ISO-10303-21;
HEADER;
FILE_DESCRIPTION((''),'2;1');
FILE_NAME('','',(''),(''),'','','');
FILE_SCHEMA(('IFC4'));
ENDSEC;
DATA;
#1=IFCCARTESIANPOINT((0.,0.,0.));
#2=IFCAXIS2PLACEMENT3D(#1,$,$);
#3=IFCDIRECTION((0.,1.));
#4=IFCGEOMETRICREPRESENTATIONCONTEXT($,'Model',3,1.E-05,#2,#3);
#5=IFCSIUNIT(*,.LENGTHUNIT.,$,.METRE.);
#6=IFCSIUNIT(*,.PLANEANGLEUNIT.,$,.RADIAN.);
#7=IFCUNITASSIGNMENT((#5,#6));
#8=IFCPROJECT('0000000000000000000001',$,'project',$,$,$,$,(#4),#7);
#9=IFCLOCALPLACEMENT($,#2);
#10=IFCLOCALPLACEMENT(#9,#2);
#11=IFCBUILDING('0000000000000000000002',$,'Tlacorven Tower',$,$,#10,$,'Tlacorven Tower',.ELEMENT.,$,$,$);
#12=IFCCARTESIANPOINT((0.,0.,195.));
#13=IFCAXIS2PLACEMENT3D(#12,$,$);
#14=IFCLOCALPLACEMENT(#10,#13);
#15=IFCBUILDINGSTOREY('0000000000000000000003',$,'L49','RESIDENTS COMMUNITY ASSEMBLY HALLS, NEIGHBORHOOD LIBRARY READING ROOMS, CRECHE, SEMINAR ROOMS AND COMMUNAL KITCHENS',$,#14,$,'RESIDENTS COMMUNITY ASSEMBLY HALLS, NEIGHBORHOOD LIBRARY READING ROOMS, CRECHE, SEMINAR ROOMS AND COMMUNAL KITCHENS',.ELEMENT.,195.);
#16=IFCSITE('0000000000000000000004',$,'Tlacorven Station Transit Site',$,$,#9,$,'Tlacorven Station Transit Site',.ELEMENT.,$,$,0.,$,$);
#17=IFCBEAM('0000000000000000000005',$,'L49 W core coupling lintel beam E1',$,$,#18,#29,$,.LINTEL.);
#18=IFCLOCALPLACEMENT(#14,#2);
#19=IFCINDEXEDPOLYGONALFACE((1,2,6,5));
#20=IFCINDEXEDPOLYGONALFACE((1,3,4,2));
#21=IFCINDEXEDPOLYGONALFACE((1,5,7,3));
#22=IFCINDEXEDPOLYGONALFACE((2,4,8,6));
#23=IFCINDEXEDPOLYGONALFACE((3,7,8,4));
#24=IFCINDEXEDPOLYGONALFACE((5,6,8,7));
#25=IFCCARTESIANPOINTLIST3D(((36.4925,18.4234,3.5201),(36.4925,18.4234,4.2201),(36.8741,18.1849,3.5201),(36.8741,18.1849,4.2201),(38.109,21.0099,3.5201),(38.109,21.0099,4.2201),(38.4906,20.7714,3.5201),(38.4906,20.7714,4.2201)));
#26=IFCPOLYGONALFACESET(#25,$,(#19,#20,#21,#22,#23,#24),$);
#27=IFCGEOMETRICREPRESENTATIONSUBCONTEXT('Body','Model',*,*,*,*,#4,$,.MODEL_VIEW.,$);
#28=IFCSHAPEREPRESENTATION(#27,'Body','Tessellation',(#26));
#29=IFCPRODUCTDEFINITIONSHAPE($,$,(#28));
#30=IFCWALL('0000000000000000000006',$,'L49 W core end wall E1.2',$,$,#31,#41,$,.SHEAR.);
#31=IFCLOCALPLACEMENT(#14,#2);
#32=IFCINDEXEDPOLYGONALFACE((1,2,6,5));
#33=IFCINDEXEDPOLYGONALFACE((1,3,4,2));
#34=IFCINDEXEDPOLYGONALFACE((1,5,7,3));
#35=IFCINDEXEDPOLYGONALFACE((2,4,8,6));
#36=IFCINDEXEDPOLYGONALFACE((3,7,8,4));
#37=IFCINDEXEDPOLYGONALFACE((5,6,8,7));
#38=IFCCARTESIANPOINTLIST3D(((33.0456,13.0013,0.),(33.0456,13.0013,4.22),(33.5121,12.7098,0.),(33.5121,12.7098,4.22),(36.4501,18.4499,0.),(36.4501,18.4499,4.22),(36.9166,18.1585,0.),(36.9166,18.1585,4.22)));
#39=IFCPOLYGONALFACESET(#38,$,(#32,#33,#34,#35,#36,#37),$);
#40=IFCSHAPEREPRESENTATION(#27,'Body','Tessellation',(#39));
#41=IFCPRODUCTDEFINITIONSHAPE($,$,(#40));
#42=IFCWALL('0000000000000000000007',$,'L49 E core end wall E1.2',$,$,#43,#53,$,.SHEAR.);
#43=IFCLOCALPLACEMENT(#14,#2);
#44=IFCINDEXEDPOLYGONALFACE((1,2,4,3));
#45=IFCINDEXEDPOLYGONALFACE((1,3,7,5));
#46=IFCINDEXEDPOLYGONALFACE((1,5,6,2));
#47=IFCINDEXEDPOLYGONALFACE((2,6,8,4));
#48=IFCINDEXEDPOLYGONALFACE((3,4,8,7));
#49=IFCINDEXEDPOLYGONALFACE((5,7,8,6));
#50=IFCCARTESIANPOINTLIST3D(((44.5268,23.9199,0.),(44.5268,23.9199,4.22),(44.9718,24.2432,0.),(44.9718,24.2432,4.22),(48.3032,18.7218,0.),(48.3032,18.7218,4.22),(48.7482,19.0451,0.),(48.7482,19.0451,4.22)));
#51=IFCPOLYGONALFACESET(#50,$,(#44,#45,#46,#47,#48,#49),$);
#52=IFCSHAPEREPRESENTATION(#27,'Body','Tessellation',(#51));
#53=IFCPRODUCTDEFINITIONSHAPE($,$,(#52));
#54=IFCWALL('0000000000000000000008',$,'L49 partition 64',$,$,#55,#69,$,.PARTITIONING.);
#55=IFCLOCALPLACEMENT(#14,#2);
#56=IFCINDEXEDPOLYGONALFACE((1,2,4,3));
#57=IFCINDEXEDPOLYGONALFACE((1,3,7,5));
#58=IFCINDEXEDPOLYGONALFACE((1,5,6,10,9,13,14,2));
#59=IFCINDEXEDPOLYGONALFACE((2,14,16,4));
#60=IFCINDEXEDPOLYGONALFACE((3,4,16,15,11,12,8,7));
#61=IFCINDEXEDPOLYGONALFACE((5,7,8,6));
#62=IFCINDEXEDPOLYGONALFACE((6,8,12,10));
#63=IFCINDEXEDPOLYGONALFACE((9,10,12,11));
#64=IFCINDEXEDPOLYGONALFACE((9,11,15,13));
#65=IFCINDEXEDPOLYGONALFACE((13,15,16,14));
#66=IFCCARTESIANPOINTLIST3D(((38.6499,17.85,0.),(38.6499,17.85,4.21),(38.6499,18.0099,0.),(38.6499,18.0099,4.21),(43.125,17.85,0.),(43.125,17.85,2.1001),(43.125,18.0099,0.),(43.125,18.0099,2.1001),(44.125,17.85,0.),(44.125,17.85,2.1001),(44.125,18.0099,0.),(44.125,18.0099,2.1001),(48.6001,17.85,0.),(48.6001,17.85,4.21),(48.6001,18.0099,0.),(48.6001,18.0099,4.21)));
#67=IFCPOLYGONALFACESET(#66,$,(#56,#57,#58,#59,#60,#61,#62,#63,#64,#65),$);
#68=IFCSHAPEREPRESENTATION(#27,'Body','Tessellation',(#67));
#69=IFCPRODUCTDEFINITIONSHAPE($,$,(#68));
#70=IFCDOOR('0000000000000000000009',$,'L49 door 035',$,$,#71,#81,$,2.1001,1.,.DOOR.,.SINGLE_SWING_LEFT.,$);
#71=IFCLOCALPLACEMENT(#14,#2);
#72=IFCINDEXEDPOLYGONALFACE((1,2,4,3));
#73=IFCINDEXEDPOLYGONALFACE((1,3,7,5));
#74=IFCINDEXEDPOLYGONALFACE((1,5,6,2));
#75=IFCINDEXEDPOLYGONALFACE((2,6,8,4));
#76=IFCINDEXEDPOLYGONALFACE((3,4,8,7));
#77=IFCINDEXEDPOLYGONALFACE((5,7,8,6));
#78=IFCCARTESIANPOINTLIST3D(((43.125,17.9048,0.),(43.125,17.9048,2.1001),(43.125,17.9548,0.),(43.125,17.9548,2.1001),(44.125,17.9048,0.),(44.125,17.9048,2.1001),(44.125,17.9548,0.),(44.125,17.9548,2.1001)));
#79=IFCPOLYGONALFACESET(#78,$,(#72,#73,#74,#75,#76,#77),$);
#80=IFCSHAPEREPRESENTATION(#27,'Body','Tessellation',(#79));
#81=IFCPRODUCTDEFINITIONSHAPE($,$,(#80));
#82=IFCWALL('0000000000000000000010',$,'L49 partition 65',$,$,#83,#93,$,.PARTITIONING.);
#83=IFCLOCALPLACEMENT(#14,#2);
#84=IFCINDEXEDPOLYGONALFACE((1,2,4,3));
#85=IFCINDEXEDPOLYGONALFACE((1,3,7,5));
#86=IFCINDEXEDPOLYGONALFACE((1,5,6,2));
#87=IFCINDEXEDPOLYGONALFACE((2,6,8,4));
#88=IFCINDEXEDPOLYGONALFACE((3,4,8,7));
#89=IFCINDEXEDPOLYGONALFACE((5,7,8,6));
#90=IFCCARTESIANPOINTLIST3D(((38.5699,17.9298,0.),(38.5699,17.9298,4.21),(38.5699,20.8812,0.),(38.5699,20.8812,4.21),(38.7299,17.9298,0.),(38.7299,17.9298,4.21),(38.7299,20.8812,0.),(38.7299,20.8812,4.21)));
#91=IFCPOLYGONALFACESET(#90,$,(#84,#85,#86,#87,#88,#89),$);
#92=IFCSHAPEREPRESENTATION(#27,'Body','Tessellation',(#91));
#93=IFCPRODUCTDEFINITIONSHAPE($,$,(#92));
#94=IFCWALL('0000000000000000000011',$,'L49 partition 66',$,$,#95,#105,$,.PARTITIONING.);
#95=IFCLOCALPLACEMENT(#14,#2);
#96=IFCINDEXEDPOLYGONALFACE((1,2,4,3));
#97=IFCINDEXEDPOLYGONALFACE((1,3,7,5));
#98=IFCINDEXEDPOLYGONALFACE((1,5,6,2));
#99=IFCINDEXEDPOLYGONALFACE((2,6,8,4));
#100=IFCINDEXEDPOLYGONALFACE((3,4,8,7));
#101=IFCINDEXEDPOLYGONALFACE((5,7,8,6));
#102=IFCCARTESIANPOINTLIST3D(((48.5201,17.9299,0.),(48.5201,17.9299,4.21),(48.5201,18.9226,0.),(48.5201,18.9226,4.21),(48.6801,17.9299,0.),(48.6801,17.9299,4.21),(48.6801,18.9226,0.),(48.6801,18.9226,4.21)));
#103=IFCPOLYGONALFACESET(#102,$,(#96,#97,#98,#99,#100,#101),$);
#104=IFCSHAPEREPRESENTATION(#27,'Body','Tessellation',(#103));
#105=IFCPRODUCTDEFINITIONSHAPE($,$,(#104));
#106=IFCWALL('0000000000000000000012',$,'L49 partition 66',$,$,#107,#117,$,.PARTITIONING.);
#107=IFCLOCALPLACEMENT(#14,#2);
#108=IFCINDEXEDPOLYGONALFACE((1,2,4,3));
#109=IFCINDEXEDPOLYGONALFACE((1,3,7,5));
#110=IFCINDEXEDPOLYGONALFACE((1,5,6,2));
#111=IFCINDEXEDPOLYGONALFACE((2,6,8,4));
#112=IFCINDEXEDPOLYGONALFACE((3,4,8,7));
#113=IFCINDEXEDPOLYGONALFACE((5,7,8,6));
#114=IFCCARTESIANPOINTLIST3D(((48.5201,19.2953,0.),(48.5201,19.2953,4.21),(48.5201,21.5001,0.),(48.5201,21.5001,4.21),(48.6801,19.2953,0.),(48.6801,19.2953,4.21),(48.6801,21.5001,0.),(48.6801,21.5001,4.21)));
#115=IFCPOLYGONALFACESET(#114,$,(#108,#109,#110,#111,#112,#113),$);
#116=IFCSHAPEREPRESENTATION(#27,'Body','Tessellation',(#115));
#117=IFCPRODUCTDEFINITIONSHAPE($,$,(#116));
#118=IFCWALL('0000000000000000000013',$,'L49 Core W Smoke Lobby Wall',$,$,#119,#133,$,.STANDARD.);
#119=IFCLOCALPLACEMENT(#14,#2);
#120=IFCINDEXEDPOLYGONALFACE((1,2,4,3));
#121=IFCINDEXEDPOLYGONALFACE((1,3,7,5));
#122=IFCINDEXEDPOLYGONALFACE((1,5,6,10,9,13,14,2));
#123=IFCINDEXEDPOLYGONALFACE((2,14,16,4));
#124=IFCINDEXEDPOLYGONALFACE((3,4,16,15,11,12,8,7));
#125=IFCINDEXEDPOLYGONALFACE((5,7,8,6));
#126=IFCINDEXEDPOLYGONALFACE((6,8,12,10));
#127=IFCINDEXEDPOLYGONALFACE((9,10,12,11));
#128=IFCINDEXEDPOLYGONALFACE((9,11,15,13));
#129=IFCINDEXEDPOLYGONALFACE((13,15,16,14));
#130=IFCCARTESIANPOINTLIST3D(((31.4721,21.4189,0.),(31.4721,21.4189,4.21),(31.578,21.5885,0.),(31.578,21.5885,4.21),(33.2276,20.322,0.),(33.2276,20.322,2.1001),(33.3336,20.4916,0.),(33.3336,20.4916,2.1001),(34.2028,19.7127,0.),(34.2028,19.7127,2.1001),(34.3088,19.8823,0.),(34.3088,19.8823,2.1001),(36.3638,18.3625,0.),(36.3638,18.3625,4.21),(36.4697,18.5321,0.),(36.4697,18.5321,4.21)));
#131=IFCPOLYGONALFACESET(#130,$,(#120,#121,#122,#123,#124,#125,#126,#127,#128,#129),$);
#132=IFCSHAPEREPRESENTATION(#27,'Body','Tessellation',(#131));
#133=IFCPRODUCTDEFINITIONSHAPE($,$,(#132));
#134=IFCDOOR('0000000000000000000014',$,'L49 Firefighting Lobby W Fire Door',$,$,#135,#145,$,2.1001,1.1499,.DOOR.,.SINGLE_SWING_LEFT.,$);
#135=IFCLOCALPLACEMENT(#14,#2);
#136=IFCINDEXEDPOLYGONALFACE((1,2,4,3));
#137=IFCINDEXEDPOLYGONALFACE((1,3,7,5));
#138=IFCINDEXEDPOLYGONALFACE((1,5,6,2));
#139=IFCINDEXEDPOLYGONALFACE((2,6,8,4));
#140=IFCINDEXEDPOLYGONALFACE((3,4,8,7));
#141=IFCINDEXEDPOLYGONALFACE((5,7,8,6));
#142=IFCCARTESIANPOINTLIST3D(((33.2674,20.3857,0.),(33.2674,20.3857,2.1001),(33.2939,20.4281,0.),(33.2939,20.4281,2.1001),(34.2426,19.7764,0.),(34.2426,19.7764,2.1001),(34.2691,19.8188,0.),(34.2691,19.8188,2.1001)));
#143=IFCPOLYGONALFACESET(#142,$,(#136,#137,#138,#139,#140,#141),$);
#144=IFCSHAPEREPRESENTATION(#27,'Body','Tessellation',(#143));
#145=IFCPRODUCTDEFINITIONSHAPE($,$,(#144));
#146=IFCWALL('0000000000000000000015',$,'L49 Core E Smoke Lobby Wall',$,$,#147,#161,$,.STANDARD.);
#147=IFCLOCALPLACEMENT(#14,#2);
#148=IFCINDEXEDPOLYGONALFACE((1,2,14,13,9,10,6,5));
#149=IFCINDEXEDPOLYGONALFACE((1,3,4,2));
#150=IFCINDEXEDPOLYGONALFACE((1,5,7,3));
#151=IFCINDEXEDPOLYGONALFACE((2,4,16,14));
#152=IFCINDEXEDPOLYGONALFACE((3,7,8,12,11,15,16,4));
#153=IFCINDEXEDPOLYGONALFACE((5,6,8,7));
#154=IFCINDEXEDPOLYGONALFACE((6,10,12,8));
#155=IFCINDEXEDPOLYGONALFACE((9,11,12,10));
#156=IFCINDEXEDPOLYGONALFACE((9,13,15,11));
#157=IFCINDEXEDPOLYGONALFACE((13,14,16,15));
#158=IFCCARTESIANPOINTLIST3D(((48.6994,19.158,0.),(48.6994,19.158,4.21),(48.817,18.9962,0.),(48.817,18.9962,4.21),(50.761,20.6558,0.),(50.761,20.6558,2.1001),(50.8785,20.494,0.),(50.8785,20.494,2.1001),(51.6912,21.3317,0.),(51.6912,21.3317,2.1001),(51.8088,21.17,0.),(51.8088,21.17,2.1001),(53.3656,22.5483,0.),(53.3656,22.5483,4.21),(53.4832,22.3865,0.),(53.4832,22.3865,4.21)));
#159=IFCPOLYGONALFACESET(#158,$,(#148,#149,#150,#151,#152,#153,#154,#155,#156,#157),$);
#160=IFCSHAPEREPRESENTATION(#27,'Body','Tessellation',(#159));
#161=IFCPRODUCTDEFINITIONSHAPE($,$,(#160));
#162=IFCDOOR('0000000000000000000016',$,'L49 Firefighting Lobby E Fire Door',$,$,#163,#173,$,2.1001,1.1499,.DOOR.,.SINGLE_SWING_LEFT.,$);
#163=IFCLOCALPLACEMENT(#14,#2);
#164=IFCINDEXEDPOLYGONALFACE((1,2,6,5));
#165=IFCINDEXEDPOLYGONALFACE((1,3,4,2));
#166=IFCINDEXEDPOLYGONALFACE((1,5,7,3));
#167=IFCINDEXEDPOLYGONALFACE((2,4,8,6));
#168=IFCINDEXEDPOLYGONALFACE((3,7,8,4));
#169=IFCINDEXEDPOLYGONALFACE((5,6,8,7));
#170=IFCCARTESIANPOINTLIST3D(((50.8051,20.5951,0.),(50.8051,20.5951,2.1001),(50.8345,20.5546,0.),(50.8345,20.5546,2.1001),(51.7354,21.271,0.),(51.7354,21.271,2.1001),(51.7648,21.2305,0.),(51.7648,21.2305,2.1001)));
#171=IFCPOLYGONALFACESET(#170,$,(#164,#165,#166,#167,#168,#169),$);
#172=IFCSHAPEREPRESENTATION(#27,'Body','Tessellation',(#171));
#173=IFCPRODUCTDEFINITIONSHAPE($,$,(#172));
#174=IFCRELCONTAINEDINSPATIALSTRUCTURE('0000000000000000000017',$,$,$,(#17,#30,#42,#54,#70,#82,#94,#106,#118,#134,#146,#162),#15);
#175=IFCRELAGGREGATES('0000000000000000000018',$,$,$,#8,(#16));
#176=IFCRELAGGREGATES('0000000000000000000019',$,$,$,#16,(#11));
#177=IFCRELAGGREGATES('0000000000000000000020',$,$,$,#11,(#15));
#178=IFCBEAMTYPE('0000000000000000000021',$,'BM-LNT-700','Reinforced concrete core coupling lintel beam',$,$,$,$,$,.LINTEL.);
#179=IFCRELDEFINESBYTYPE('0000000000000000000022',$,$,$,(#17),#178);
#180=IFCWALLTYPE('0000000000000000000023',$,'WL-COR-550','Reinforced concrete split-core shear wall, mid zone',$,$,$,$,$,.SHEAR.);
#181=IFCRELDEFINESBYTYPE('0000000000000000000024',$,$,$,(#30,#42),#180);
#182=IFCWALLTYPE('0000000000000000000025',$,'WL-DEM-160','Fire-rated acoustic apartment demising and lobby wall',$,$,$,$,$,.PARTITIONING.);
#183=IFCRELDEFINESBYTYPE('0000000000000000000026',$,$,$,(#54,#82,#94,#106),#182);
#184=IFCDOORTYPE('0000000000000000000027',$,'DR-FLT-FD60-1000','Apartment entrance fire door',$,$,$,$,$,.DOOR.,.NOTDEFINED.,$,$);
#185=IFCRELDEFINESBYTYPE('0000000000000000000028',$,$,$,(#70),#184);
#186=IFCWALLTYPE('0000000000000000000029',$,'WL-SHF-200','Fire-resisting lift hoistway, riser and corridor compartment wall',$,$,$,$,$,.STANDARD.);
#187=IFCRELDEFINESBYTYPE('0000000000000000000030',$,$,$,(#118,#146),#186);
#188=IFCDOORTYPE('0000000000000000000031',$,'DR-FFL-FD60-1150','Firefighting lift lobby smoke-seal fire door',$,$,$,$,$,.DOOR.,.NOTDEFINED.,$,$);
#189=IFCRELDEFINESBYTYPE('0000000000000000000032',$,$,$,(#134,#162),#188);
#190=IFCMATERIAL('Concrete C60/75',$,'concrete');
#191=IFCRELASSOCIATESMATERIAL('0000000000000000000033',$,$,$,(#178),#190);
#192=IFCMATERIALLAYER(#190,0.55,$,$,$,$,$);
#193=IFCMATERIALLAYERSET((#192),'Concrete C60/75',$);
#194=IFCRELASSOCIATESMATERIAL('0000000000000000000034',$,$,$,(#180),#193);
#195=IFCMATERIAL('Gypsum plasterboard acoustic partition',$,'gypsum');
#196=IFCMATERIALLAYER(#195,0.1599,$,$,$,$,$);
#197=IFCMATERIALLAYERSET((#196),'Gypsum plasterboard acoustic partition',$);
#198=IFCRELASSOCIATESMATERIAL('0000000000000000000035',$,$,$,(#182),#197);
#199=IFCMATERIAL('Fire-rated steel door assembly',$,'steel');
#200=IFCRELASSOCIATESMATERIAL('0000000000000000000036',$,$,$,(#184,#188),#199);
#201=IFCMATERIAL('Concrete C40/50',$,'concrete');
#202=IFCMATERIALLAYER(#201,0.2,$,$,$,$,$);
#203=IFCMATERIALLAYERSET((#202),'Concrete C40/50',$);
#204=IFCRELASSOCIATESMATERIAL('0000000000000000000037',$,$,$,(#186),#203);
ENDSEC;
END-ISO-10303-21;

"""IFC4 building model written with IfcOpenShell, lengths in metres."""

from ifc_helpers import new_model, si_unit, direction, frame, frame_2d, origin, origin_2d, place, context, subcontext, project, spatial, rectangle, extrude, source, transform, mapped, material, layer, layer_set, material_profile, profile_set, type_object, element, fill, save


model = new_model("IFC4")

# Units and contexts
model_context = context("Model", 3, precision=1e-05, world=origin(), true_north=direction((0.0, 1.0)))
body_context = subcontext(model_context, "Body", "Model", "MODEL_VIEW")
ifc_project = project(units=[si_unit("LENGTHUNIT", "METRE"), si_unit("PLANEANGLEUNIT", "RADIAN")], contexts=[model_context])

# Site, building, storey
site_placement = place(None, origin())
site = spatial("IfcSite", under=ifc_project, at=site_placement, Name="Tlacorven Station Transit Site", LongName="Tlacorven Station Transit Site", CompositionType="ELEMENT", RefElevation=0.0)
building_placement = place(site_placement, origin())
building = spatial("IfcBuilding", under=site, at=building_placement, Name="Tlacorven Tower", LongName="Tlacorven Tower", CompositionType="ELEMENT")
storey_placement = place(building_placement, frame((0.0, 0.0, 195.0)))
storey = spatial("IfcBuildingStorey", under=building, at=storey_placement, Name="L49", Description="RESIDENTS COMMUNITY ASSEMBLY HALLS, NEIGHBORHOOD LIBRARY READING ROOMS, CRECHE, SEMINAR ROOMS AND COMMUNAL KITCHENS", LongName="RESIDENTS COMMUNITY ASSEMBLY HALLS, NEIGHBORHOOD LIBRARY READING ROOMS, CRECHE, SEMINAR ROOMS AND COMMUNAL KITCHENS", CompositionType="ELEMENT", Elevation=195.0)

# Beam
ifc_material_1 = material(Name="Concrete C60/75", Category="concrete")
ifc_material_profile = material_profile(ifc_material_1, rectangle(XDim=0.45, YDim=0.7, at=origin_2d()), Name="RC 450X700")
ifc_profile_set = profile_set([ifc_material_profile], Name="Concrete C60/75")
beam_type = type_object("IfcBeamType", Name="BM-LNT-700", Description="Reinforced concrete core coupling lintel beam", PredefinedType="LINTEL", material=ifc_profile_set)
shared_shape_1 = source(origin(), body_context, "Body", "SweptSolid", [
    extrude(rectangle(XDim=0.45, YDim=0.7, at=origin_2d()), origin(), (0.0, 0.0, 1.0), 3.05),
])
beam_placement = place(storey_placement, frame((38.2998, 20.8906, 3.8701), z_axis=(-0.529985, -0.848007, 0.0), x_axis=(0.848007, -0.529985, 0.0)))
element("IfcBeam", 1, at=beam_placement, inside=storey, type_object=beam_type, Name="L49 W core coupling lintel beam E1", PredefinedType="LINTEL", context=body_context, shape_type="MappedRepresentation", body=[
    mapped(shared_shape_1, transform((0.0, 0.0, 0.0), scale=1.0)),
])

# Walls
ifc_layer_1 = layer(ifc_material_1, 0.55)
ifc_layer_set_1 = layer_set([ifc_layer_1], Name="Concrete C60/75")
wall_type_1 = type_object("IfcWallType", Name="WL-COR-550", Description="Reinforced concrete split-core shear wall, mid zone", PredefinedType="SHEAR", material=ifc_layer_set_1)
wall_1_placement = place(storey_placement, frame((36.6833, 18.3042, 0.0), z_axis=(0.0, 0.0, 1.0), x_axis=(-0.529896, -0.848062, 0.0)))
element("IfcWall", 2, at=wall_1_placement, inside=storey, type_object=wall_type_1, Name="L49 W core end wall E1.2", PredefinedType="SHEAR", context=body_context, shape_type="SweptSolid", body=[
    extrude(rectangle(XDim=6.4248, YDim=0.55, at=frame_2d((3.2124, 0.0))), origin(), (0.0, 0.0, 1.0), 4.22),
])
wall_2_placement = place(storey_placement, frame((48.5256, 18.8835, 0.0), z_axis=(0.0, 0.0, 1.0), x_axis=(-0.587765, 0.809032, 0.0)))
element("IfcWall", 3, at=wall_2_placement, inside=storey, type_object=wall_type_1, Name="L49 E core end wall E1.2", PredefinedType="SHEAR", context=body_context, shape_type="SweptSolid", body=[
    extrude(rectangle(XDim=6.425, YDim=0.55, at=frame_2d((3.2124, 0.0))), origin(), (0.0, 0.0, 1.0), 4.22),
])

# Wall, opening, door
ifc_material_2 = material(Name="Gypsum plasterboard acoustic partition", Category="gypsum")
ifc_layer_2 = layer(ifc_material_2, 0.1599)
ifc_layer_set_2 = layer_set([ifc_layer_2], Name="Gypsum plasterboard acoustic partition")
wall_type_2 = type_object("IfcWallType", Name="WL-DEM-160", Description="Fire-rated acoustic apartment demising and lobby wall", PredefinedType="PARTITIONING", material=ifc_layer_set_2)
wall_3_placement = place(storey_placement, frame((38.6499, 17.9299, 0.0), z_axis=(0.0, 0.0, 1.0), x_axis=(1.0, 0.0, 0.0)))
wall_3 = element("IfcWall", 4, at=wall_3_placement, inside=storey, type_object=wall_type_2, Name="L49 partition 64", PredefinedType="PARTITIONING", context=body_context, shape_type="SweptSolid", body=[
    extrude(rectangle(XDim=9.9502, YDim=0.1599, at=frame_2d((4.9751, 0.0))), origin(), (0.0, 0.0, 1.0), 4.21),
])
opening_1_placement = place(wall_3_placement, frame((4.4751, 0.0, 0.0)))
opening_1 = element("IfcOpeningElement", 5, at=opening_1_placement, cuts=wall_3, PredefinedType="OPENING", context=body_context, shape_type="SweptSolid", body=[
    extrude(rectangle(XDim=1.0, YDim=2.1001, at=frame_2d((0.5, 1.05))), frame((0.0, 0.0898, 0.0), z_axis=(0.0, -1.0, 0.0), x_axis=(1.0, 0.0, 0.0)), (0.0, 0.0, 1.0), 0.1799),
])
ifc_material_3 = material(Name="Fire-rated steel door assembly", Category="steel")
door_type_1 = type_object("IfcDoorType", Name="DR-FLT-FD60-1000", Description="Apartment entrance fire door", OperationType="NOTDEFINED", PredefinedType="DOOR", material=ifc_material_3)
shared_shape_2 = source(origin(), body_context, "Body", "SweptSolid", [
    extrude(rectangle(XDim=1.0, YDim=2.1001, at=frame_2d((0.5, 1.05))), frame((0.0, 0.0249, 0.0), z_axis=(0.0, -1.0, 0.0), x_axis=(1.0, 0.0, 0.0)), (0.0, 0.0, 1.0), 0.05),
])
door_1_placement = place(opening_1_placement, origin())
door_1 = element("IfcDoor", 6, at=door_1_placement, inside=storey, type_object=door_type_1, Name="L49 door 035", OperationType="SINGLE_SWING_LEFT", OverallHeight=2.1001, OverallWidth=1.0, PredefinedType="DOOR", context=body_context, shape_type="MappedRepresentation", body=[
    mapped(shared_shape_2, transform((0.0, 0.0, 0.0), scale=1.0)),
])
fill(opening_1, door_1)

# Walls
wall_4_placement = place(storey_placement, frame((38.6499, 17.9299, 0.0), z_axis=(0.0, 0.0, 1.0), x_axis=(0.0, 1.0, 0.0)))
element("IfcWall", 7, at=wall_4_placement, inside=storey, type_object=wall_type_2, Name="L49 partition 65", PredefinedType="PARTITIONING", context=body_context, shape_type="SweptSolid", body=[
    extrude(rectangle(XDim=2.9514, YDim=0.1599, at=frame_2d((1.4756, 0.0))), origin(), (0.0, 0.0, 1.0), 4.21),
])
wall_5_placement = place(storey_placement, frame((48.6001, 17.9299, 0.0), z_axis=(0.0, 0.0, 1.0), x_axis=(0.0, 1.0, 0.0)))
element("IfcWall", 8, at=wall_5_placement, inside=storey, type_object=wall_type_2, Name="L49 partition 66", PredefinedType="PARTITIONING", context=body_context, shape_type="SweptSolid", body=[
    extrude(rectangle(XDim=0.9927, YDim=0.1599, at=frame_2d((0.4963, 0.0))), origin(), (0.0, 0.0, 1.0), 4.21),
])
wall_6_placement = place(storey_placement, frame((48.6001, 19.2952, 0.0), z_axis=(0.0, 0.0, 1.0), x_axis=(0.0, 1.0, 0.0)))
element("IfcWall", 9, at=wall_6_placement, inside=storey, type_object=wall_type_2, Name="L49 partition 66", PredefinedType="PARTITIONING", context=body_context, shape_type="SweptSolid", body=[
    extrude(rectangle(XDim=2.2048, YDim=0.1599, at=frame_2d((1.1025, 0.0))), origin(), (0.0, 0.0, 1.0), 4.21),
])

# Walls, openings, doors
ifc_material_4 = material(Name="Concrete C40/50", Category="concrete")
ifc_layer_3 = layer(ifc_material_4, 0.2)
ifc_layer_set_3 = layer_set([ifc_layer_3], Name="Concrete C40/50")
wall_type_3 = type_object("IfcWallType", Name="WL-SHF-200", Description="Fire-resisting lift hoistway, riser and corridor compartment wall", PredefinedType="STANDARD", material=ifc_layer_set_3)
wall_7_placement = place(storey_placement, frame((36.4167, 18.4473, 0.0), z_axis=(0.0, 0.0, 1.0), x_axis=(-0.848065, 0.529892, 0.0)))
wall_7 = element("IfcWall", 10, at=wall_7_placement, inside=storey, type_object=wall_type_3, Name="L49 Core W Smoke Lobby Wall", PredefinedType="STANDARD", context=body_context, shape_type="SweptSolid", body=[
    extrude(rectangle(XDim=5.7681, YDim=0.2, at=frame_2d((2.884, 0.0))), origin(), (0.0, 0.0, 1.0), 4.21),
])
opening_2_placement = place(wall_7_placement, frame((2.5481, 0.0, 0.0)))
opening_2 = element("IfcOpeningElement", 11, at=opening_2_placement, cuts=wall_7, PredefinedType="OPENING", context=body_context, shape_type="SweptSolid", body=[
    extrude(rectangle(XDim=1.1499, YDim=2.1001, at=frame_2d((0.575, 1.05))), frame((0.0, 0.1099, 0.0), z_axis=(0.0, -1.0, 0.0), x_axis=(1.0, 0.0, 0.0)), (0.0, 0.0, 1.0), 0.22),
])
door_type_2 = type_object("IfcDoorType", Name="DR-FFL-FD60-1150", Description="Firefighting lift lobby smoke-seal fire door", OperationType="NOTDEFINED", PredefinedType="DOOR", material=ifc_material_3)
shared_shape_3 = source(origin(), body_context, "Body", "SweptSolid", [
    extrude(rectangle(XDim=1.1499, YDim=2.1001, at=frame_2d((0.575, 1.05))), frame((0.0, 0.0249, 0.0), z_axis=(0.0, -1.0, 0.0), x_axis=(1.0, 0.0, 0.0)), (0.0, 0.0, 1.0), 0.05),
])
door_2_placement = place(opening_2_placement, origin())
door_2 = element("IfcDoor", 12, at=door_2_placement, inside=storey, type_object=door_type_2, Name="L49 Firefighting Lobby W Fire Door", OperationType="SINGLE_SWING_LEFT", OverallHeight=2.1001, OverallWidth=1.1499, PredefinedType="DOOR", context=body_context, shape_type="MappedRepresentation", body=[
    mapped(shared_shape_3, transform((0.0, 0.0, 0.0), scale=1.0)),
])
fill(opening_2, door_2)
wall_8_placement = place(storey_placement, frame((48.7583, 19.0771, 0.0), z_axis=(0.0, 0.0, 1.0), x_axis=(0.809005, 0.587802, 0.0)))
wall_8 = element("IfcWall", 13, at=wall_8_placement, inside=storey, type_object=wall_type_3, Name="L49 Core E Smoke Lobby Wall", PredefinedType="STANDARD", context=body_context, shape_type="SweptSolid", body=[
    extrude(rectangle(XDim=5.7678, YDim=0.2, at=frame_2d((2.8838, 0.0))), origin(), (0.0, 0.0, 1.0), 4.21),
])
opening_3_placement = place(wall_8_placement, frame((2.5481, 0.0, 0.0)))
opening_3 = element("IfcOpeningElement", 14, at=opening_3_placement, cuts=wall_8, PredefinedType="OPENING", context=body_context, shape_type="SweptSolid", body=[
    extrude(rectangle(XDim=1.1499, YDim=2.1001, at=frame_2d((0.575, 1.05))), frame((0.0, 0.1099, 0.0), z_axis=(0.0, -1.0, 0.0), x_axis=(1.0, 0.0, 0.0)), (0.0, 0.0, 1.0), 0.22),
])
door_3_placement = place(opening_3_placement, origin())
door_3 = element("IfcDoor", 15, at=door_3_placement, inside=storey, type_object=door_type_2, Name="L49 Firefighting Lobby E Fire Door", OperationType="SINGLE_SWING_LEFT", OverallHeight=2.1001, OverallWidth=1.1499, PredefinedType="DOOR", context=body_context, shape_type="MappedRepresentation", body=[
    mapped(shared_shape_3, transform((0.0, 0.0, 0.0), scale=1.0)),
])
fill(opening_3, door_3)

save(model, "model.ifc")
